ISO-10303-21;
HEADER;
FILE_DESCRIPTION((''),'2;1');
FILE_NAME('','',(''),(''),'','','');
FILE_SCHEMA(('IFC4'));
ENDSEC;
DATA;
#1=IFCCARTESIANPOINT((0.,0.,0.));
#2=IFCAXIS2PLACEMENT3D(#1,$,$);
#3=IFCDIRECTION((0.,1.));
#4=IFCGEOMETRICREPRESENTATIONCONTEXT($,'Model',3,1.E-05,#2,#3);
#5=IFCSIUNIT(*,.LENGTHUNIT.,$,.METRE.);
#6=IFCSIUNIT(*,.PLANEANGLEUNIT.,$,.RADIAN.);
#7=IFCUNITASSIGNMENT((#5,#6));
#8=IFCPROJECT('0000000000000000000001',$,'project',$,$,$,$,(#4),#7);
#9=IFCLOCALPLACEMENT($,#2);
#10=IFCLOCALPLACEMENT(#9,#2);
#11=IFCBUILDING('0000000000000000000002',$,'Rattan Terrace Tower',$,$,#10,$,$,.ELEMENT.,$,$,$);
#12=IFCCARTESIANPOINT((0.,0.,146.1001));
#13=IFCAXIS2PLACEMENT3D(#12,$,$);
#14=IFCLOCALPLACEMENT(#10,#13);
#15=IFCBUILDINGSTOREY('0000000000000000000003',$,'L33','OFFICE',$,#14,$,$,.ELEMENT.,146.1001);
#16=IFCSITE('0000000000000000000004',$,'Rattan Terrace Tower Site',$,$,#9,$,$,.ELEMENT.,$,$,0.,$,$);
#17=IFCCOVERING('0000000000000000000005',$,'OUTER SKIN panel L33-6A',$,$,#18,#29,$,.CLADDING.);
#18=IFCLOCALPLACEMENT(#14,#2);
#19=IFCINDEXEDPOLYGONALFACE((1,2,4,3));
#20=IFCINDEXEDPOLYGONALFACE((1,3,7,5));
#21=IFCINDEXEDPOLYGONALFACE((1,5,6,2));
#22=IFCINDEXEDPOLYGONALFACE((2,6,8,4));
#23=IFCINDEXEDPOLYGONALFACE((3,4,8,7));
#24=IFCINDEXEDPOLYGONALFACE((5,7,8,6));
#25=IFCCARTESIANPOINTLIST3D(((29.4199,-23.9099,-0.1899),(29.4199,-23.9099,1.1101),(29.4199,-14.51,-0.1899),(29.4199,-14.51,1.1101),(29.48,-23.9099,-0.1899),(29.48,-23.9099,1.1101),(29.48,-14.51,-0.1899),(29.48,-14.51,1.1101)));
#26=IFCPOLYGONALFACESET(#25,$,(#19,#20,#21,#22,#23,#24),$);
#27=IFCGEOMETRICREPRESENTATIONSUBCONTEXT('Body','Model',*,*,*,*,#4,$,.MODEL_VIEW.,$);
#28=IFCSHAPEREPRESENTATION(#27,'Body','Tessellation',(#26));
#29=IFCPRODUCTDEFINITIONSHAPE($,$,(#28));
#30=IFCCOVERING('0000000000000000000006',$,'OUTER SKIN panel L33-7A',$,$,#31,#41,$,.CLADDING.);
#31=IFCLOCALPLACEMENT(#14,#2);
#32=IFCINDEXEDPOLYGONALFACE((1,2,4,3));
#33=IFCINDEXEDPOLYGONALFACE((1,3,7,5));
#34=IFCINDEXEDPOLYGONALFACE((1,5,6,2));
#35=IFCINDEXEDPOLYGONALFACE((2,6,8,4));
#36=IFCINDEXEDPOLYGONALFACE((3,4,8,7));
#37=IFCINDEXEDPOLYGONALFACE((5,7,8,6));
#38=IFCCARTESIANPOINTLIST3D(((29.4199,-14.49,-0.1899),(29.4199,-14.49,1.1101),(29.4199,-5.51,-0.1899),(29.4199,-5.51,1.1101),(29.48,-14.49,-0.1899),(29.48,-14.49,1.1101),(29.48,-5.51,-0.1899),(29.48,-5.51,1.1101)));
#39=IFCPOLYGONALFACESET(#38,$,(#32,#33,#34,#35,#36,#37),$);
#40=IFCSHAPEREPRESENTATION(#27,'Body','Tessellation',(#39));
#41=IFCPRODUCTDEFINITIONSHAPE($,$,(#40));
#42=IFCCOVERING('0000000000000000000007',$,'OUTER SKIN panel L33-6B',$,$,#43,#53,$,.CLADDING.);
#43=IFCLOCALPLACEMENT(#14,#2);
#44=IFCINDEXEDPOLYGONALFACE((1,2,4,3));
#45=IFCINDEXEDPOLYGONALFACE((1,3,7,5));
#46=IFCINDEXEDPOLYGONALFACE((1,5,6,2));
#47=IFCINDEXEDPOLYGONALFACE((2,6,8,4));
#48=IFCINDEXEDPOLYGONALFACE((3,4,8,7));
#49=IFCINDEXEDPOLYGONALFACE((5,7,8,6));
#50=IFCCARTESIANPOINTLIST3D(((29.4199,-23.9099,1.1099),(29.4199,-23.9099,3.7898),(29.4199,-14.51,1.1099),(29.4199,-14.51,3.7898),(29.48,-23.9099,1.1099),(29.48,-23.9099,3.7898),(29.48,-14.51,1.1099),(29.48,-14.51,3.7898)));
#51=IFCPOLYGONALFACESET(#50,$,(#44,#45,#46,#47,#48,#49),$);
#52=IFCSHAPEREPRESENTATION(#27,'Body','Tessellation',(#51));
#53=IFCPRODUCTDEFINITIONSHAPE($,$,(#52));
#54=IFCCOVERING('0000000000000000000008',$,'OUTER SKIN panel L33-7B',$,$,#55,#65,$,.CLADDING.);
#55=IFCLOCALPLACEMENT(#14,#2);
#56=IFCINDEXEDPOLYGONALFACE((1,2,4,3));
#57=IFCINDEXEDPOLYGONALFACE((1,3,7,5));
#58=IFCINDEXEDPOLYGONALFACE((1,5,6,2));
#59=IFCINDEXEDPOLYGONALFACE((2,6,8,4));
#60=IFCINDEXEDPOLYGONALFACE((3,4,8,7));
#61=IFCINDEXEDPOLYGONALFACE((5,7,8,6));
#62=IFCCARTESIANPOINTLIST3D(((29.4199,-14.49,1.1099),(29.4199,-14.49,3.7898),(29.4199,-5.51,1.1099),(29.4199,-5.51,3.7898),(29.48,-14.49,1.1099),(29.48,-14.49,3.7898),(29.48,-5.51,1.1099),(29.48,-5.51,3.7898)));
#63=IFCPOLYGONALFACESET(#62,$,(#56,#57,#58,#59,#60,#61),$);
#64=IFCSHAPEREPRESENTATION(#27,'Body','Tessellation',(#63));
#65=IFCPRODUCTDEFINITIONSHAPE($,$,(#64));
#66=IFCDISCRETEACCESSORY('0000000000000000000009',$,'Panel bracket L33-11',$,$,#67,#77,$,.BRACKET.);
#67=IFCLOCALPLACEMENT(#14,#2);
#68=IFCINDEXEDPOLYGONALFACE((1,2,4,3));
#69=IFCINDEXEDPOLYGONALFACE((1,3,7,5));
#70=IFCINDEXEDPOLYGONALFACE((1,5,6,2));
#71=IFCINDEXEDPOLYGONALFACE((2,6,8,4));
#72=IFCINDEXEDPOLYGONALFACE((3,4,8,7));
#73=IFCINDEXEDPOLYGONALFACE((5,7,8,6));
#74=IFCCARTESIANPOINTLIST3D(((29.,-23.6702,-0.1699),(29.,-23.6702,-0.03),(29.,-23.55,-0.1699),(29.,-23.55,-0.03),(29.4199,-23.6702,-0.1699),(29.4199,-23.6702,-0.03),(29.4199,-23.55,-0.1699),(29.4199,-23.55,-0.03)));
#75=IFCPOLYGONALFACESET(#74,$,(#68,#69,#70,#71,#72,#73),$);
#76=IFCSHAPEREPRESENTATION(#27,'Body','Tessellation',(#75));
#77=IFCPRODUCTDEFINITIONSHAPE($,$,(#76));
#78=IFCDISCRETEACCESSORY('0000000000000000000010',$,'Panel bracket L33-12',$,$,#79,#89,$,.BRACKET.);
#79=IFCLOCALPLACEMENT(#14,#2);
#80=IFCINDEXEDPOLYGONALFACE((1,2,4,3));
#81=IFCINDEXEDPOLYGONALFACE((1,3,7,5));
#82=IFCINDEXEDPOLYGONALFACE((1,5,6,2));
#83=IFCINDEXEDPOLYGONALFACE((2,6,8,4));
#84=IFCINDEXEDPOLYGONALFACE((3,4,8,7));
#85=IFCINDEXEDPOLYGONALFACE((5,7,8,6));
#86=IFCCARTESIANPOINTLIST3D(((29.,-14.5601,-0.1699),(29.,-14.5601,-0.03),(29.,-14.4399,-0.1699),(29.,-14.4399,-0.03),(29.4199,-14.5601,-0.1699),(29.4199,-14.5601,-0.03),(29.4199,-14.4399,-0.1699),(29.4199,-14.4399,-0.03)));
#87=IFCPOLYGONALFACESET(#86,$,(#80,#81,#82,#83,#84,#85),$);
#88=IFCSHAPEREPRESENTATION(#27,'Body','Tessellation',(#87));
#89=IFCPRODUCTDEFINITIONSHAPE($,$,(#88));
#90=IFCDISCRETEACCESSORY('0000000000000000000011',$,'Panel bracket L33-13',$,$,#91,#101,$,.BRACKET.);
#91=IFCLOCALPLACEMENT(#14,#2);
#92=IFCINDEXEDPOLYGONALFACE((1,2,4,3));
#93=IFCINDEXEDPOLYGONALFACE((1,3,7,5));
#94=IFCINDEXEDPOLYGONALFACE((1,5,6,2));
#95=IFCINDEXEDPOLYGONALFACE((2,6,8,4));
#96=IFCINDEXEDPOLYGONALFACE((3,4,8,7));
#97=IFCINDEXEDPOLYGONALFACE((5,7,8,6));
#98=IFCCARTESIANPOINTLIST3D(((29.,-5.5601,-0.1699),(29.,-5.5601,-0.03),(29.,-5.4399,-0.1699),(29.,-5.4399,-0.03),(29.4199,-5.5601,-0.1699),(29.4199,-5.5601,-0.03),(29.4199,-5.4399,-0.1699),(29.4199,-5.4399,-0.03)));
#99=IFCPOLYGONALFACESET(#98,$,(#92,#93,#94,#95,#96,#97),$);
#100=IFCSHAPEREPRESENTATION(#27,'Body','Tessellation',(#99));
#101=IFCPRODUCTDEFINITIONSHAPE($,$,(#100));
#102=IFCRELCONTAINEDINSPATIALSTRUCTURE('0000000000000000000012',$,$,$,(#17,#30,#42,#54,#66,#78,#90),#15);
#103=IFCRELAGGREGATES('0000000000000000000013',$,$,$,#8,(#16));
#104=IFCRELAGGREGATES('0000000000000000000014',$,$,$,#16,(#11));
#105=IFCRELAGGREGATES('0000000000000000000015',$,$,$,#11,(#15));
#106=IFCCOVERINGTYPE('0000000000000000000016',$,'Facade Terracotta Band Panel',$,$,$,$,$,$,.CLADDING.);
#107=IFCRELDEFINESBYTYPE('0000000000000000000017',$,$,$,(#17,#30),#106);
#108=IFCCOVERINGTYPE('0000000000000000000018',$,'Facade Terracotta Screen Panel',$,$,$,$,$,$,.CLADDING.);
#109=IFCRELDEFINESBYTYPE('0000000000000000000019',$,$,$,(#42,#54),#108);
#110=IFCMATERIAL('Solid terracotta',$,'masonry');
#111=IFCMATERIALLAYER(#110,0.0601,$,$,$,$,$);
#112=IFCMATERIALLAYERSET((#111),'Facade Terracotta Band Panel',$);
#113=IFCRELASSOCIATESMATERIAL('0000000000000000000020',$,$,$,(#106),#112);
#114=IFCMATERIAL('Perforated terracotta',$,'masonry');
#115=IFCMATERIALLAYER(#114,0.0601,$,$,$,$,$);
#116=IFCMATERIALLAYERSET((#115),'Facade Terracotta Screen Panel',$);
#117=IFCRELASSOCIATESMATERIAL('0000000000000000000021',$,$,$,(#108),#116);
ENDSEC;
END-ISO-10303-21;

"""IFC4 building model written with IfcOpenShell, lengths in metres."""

from ifc_helpers import new_model, si_unit, direction, frame, origin, origin_2d, place, context, subcontext, project, spatial, rectangle, extrude, material, layer, layer_set, type_object, element, save


model = new_model("IFC4")

# Units and contexts
model_context = context("Model", 3, precision=1e-05, world=origin(), true_north=direction((0.0, 1.0)))
body_context = subcontext(model_context, "Body", "Model", "MODEL_VIEW")
ifc_project = project(units=[si_unit("LENGTHUNIT", "METRE"), si_unit("PLANEANGLEUNIT", "RADIAN")], contexts=[model_context])

# Site, building, storey
site_placement = place(None, origin())
site = spatial("IfcSite", under=ifc_project, at=site_placement, Name="Rattan Terrace Tower Site", CompositionType="ELEMENT", RefElevation=0.0)
building_placement = place(site_placement, origin())
building = spatial("IfcBuilding", under=site, at=building_placement, Name="Rattan Terrace Tower", CompositionType="ELEMENT")
storey_placement = place(building_placement, frame((0.0, 0.0, 146.1001)))
storey = spatial("IfcBuildingStorey", under=building, at=storey_placement, Name="L33", Description="OFFICE", CompositionType="ELEMENT", Elevation=146.1001)

# Coverings
ifc_material_1 = material(Name="Solid terracotta", Category="masonry")
ifc_layer_1 = layer(ifc_material_1, 0.0601)
ifc_layer_set_1 = layer_set([ifc_layer_1], Name="Facade Terracotta Band Panel")
covering_type_1 = type_object("IfcCoveringType", Name="Facade Terracotta Band Panel", PredefinedType="CLADDING", material=ifc_layer_set_1)
covering_1_placement = place(storey_placement, frame((29.45, -19.21, -0.1899), z_axis=(0.0, 0.0, 1.0), x_axis=(0.0, 1.0, 0.0)))
element("IfcCovering", 1, at=covering_1_placement, inside=storey, type_object=covering_type_1, Name="OUTER SKIN panel L33-6A", PredefinedType="CLADDING", context=body_context, shape_type="SweptSolid", body=[
    extrude(rectangle(XDim=9.3999, YDim=0.0601, at=origin_2d()), origin(), (0.0, 0.0, 1.0), 1.3),
])
covering_2_placement = place(storey_placement, frame((29.45, -10.0, -0.1899), z_axis=(0.0, 0.0, 1.0), x_axis=(0.0, 1.0, 0.0)))
element("IfcCovering", 2, at=covering_2_placement, inside=storey, type_object=covering_type_1, Name="OUTER SKIN panel L33-7A", PredefinedType="CLADDING", context=body_context, shape_type="SweptSolid", body=[
    extrude(rectangle(XDim=8.98, YDim=0.0601, at=origin_2d()), origin(), (0.0, 0.0, 1.0), 1.3),
])
ifc_material_2 = material(Name="Perforated terracotta", Category="masonry")
ifc_layer_2 = layer(ifc_material_2, 0.0601)
ifc_layer_set_2 = layer_set([ifc_layer_2], Name="Facade Terracotta Screen Panel")
covering_type_2 = type_object("IfcCoveringType", Name="Facade Terracotta Screen Panel", PredefinedType="CLADDING", material=ifc_layer_set_2)
covering_3_placement = place(storey_placement, frame((29.45, -19.21, 1.1099), z_axis=(0.0, 0.0, 1.0), x_axis=(0.0, 1.0, 0.0)))
element("IfcCovering", 3, at=covering_3_placement, inside=storey, type_object=covering_type_2, Name="OUTER SKIN panel L33-6B", PredefinedType="CLADDING", context=body_context, shape_type="SweptSolid", body=[
    extrude(rectangle(XDim=9.3999, YDim=0.0601, at=origin_2d()), origin(), (0.0, 0.0, 1.0), 2.6799),
])
covering_4_placement = place(storey_placement, frame((29.45, -10.0, 1.1099), z_axis=(0.0, 0.0, 1.0), x_axis=(0.0, 1.0, 0.0)))
element("IfcCovering", 4, at=covering_4_placement, inside=storey, type_object=covering_type_2, Name="OUTER SKIN panel L33-7B", PredefinedType="CLADDING", context=body_context, shape_type="SweptSolid", body=[
    extrude(rectangle(XDim=8.98, YDim=0.0601, at=origin_2d()), origin(), (0.0, 0.0, 1.0), 2.6799),
])

# Discrete accessories
for number, where, z_axis, x_axis, name in (
    (5, (29.21, -23.6101, -0.1699), (0.0, 0.0, 1.0), (0.0, 1.0, 0.0), "Panel bracket L33-11"),
    (6, (29.21, -14.5, -0.1699), (0.0, 0.0, 1.0), (0.0, 1.0, 0.0), "Panel bracket L33-12"),
    (7, (29.21, -5.5, -0.1699), (0.0, 0.0, 1.0), (0.0, 1.0, 0.0), "Panel bracket L33-13"),
):
    element("IfcDiscreteAccessory", number, at=place(storey_placement, frame(where, z_axis=z_axis, x_axis=x_axis)), inside=storey, Name=name, PredefinedType="BRACKET", context=body_context, shape_type="SweptSolid", body=[
        extrude(rectangle(XDim=0.1201, YDim=0.4199, at=origin_2d()), origin(), (0.0, 0.0, 1.0), 0.1399),
    ])

save(model, "model.ifc")
